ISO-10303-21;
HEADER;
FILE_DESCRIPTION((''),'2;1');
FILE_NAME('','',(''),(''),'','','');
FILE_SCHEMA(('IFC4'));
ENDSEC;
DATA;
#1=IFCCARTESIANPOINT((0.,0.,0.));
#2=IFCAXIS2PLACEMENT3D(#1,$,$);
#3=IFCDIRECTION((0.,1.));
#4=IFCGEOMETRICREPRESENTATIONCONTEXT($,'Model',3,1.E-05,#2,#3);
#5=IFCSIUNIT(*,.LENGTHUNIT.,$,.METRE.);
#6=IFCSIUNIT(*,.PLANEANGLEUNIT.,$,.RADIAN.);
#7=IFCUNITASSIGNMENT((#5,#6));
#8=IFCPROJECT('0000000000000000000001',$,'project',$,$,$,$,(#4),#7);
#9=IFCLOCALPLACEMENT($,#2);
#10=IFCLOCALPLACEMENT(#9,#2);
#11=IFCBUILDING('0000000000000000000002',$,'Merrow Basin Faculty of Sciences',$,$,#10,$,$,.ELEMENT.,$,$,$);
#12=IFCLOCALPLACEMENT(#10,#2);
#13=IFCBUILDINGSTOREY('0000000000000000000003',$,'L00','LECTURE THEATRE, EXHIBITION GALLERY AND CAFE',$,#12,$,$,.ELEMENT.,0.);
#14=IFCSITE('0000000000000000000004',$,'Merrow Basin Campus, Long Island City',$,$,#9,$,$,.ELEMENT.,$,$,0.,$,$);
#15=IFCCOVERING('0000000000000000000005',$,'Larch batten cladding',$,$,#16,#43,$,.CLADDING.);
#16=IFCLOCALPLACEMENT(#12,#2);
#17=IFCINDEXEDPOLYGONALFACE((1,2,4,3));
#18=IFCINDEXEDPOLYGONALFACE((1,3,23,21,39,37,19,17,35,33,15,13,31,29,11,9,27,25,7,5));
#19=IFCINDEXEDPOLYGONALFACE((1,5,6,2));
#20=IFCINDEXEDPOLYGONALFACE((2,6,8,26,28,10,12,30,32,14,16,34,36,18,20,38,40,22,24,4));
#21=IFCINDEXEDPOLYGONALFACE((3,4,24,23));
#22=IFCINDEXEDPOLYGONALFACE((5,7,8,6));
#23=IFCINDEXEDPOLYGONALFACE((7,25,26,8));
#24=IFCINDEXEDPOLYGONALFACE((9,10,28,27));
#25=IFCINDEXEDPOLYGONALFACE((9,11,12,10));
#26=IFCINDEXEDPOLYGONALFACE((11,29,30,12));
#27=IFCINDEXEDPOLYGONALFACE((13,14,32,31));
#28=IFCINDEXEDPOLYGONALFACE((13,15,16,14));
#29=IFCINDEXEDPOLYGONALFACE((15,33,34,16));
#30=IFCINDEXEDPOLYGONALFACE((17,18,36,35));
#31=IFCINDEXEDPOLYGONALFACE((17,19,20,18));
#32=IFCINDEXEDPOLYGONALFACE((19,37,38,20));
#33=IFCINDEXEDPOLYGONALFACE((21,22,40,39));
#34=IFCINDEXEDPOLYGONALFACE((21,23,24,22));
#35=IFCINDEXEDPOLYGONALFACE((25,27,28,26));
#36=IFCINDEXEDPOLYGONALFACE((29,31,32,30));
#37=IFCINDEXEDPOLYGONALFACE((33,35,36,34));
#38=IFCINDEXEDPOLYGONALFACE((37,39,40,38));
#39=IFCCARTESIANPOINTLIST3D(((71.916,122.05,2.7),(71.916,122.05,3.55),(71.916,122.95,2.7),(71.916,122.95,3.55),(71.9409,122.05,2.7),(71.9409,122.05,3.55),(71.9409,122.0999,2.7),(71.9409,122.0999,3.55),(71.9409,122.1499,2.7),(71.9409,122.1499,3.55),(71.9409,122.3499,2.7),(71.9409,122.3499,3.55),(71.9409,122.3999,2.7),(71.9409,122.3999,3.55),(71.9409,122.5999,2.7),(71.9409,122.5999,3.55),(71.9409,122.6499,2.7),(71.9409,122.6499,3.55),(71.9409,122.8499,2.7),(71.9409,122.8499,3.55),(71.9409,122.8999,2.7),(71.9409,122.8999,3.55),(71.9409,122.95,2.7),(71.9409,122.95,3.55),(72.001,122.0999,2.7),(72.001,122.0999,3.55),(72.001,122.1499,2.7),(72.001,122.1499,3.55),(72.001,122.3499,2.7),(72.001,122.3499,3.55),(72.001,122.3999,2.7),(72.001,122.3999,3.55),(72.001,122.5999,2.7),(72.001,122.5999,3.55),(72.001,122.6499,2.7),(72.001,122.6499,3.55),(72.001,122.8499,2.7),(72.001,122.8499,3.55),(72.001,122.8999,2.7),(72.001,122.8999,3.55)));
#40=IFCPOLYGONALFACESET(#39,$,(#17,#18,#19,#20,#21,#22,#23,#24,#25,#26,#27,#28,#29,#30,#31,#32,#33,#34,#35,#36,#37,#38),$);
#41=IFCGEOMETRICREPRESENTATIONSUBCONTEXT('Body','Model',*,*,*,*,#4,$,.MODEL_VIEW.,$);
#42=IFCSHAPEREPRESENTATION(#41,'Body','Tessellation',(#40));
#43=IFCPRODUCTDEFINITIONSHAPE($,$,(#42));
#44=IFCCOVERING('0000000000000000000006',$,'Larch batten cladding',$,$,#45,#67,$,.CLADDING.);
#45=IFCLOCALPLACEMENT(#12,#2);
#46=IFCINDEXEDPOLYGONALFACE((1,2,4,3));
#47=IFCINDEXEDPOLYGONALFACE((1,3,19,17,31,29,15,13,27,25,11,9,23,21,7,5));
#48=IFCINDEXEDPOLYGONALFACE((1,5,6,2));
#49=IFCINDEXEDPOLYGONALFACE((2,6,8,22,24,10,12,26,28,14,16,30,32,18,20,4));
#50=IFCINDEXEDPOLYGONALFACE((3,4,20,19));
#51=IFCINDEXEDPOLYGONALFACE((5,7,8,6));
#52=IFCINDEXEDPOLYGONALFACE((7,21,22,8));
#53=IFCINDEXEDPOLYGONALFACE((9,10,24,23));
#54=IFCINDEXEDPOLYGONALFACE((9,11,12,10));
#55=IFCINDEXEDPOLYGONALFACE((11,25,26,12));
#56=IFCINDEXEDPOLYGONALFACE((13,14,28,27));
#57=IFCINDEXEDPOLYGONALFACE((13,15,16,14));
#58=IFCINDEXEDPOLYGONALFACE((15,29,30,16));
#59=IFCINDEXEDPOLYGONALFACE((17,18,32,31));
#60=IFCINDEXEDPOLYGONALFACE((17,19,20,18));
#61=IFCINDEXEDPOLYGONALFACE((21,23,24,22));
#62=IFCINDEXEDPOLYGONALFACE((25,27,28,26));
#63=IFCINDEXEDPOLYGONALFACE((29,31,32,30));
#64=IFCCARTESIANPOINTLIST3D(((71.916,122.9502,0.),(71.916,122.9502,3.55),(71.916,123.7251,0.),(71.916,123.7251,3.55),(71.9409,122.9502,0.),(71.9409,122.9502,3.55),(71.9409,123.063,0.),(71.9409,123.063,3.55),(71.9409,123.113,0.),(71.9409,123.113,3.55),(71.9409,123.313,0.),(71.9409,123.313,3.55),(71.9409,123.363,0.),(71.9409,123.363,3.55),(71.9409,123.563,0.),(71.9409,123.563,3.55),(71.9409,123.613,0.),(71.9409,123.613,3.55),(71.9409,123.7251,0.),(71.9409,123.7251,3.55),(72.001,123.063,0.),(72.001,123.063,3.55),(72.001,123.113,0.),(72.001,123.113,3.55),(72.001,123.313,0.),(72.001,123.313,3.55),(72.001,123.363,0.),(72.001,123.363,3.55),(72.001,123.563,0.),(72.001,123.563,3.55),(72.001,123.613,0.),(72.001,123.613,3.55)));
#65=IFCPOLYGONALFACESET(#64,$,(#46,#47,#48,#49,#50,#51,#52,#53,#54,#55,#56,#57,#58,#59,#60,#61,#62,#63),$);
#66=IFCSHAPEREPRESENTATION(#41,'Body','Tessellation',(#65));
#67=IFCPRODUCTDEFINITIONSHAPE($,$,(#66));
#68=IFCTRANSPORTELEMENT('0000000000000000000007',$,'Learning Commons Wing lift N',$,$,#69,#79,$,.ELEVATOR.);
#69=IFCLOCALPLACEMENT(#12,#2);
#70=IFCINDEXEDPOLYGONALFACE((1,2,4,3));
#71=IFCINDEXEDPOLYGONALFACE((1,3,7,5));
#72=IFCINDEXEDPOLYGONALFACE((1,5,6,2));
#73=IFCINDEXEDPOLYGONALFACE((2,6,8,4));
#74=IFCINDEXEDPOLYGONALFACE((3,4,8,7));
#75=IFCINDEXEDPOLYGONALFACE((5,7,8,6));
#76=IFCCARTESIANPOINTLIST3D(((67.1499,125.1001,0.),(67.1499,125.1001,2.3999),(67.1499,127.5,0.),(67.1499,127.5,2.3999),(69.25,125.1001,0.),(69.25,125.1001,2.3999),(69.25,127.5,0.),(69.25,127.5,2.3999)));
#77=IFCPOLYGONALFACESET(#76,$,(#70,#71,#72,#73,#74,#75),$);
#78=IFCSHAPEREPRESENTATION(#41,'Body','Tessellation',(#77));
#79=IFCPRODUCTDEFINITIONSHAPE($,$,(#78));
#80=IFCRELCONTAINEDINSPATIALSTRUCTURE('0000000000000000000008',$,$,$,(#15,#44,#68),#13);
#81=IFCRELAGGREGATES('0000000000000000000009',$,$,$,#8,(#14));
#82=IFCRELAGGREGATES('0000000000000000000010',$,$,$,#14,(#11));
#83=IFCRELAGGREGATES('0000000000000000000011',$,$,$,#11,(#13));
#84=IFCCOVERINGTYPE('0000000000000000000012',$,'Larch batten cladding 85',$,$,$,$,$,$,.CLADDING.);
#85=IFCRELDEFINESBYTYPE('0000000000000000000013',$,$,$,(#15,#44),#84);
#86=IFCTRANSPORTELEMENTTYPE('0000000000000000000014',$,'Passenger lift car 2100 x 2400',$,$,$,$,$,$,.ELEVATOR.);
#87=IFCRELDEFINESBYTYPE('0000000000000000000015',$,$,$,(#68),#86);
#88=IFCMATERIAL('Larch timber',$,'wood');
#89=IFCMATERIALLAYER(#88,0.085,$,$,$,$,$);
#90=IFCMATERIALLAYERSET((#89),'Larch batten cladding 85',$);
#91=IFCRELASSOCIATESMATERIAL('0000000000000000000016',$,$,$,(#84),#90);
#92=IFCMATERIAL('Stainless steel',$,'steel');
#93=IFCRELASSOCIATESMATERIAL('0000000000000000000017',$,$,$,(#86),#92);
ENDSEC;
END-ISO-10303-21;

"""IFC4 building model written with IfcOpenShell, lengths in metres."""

from ifc_helpers import new_model, si_unit, direction, frame, origin, origin_2d, place, context, subcontext, project, spatial, polyline, rectangle, outline, extrude, source, transform, mapped, material, layer, layer_set, type_object, element, save


model = new_model("IFC4")

# Units and contexts
model_context = context("Model", 3, precision=1e-05, world=origin(), true_north=direction((0.0, 1.0)))
body_context = subcontext(model_context, "Body", "Model", "MODEL_VIEW")
ifc_project = project(units=[si_unit("LENGTHUNIT", "METRE"), si_unit("PLANEANGLEUNIT", "RADIAN")], contexts=[model_context])

# Site, building, storey
site_placement = place(None, origin())
site = spatial("IfcSite", under=ifc_project, at=site_placement, Name="Merrow Basin Campus, Long Island City", CompositionType="ELEMENT", RefElevation=0.0)
building_placement = place(site_placement, origin())
building = spatial("IfcBuilding", under=site, at=building_placement, Name="Merrow Basin Faculty of Sciences", CompositionType="ELEMENT")
storey_placement = place(building_placement, origin())
storey = spatial("IfcBuildingStorey", under=building, at=storey_placement, Name="L00", Description="LECTURE THEATRE, EXHIBITION GALLERY AND CAFE", CompositionType="ELEMENT", Elevation=0.0)

# Coverings
ifc_material_1 = material(Name="Larch timber", Category="wood")
ifc_layer_1 = layer(ifc_material_1, 0.085)
ifc_layer_set_1 = layer_set([ifc_layer_1], Name="Larch batten cladding 85")
covering_type = type_object("IfcCoveringType", Name="Larch batten cladding 85", PredefinedType="CLADDING", material=ifc_layer_set_1)
shared_shape_1 = source(origin(), body_context, "Body", "SweptSolid", [
    extrude(outline(polyline([(0.0, 0.0), (0.8999, 0.0), (0.8999, 0.0249), (0.8501, 0.0249), (0.8501, 0.085), (0.8, 0.085), (0.8, 0.0249), (0.6001, 0.0249), (0.6001, 0.085), (0.55, 0.085), (0.55, 0.0249), (0.3501, 0.0249), (0.3501, 0.085), (0.3, 0.085), (0.3, 0.0249), (0.1001, 0.0249), (0.1001, 0.085), (0.05, 0.085), (0.05, 0.0249), (0.0, 0.0249), (0.0, 0.0)])), origin(), (0.0, 0.0, 1.0), 0.8501),
])
covering_1_placement = place(storey_placement, frame((71.916, 122.95, 2.7), z_axis=(0.0, 0.0, 1.0), x_axis=(0.0, -1.0, 0.0)))
element("IfcCovering", 1, at=covering_1_placement, inside=storey, type_object=covering_type, Name="Larch batten cladding", PredefinedType="CLADDING", context=body_context, shape_type="MappedRepresentation", body=[
    mapped(shared_shape_1, transform((0.0, 0.0, 0.0), scale=1.0)),
])
shared_shape_2 = source(origin(), body_context, "Body", "SweptSolid", [
    extrude(outline(polyline([(0.0, 0.0), (0.7749, 0.0), (0.7749, 0.0249), (0.6621, 0.0249), (0.6621, 0.085), (0.6121, 0.085), (0.6121, 0.0249), (0.4121, 0.0249), (0.4121, 0.085), (0.3621, 0.085), (0.3621, 0.0249), (0.1621, 0.0249), (0.1621, 0.085), (0.1121, 0.085), (0.1121, 0.0249), (0.0, 0.0249), (0.0, 0.0)])), origin(), (0.0, 0.0, 1.0), 3.55),
])
covering_2_placement = place(storey_placement, frame((71.916, 123.7251, 0.0), z_axis=(0.0, 0.0, 1.0), x_axis=(0.0, -1.0, 0.0)))
element("IfcCovering", 2, at=covering_2_placement, inside=storey, type_object=covering_type, Name="Larch batten cladding", PredefinedType="CLADDING", context=body_context, shape_type="MappedRepresentation", body=[
    mapped(shared_shape_2, transform((0.0, 0.0, 0.0), scale=1.0)),
])

# Transport element
ifc_material_2 = material(Name="Stainless steel", Category="steel")
transport_element_type = type_object("IfcTransportElementType", Name="Passenger lift car 2100 x 2400", PredefinedType="ELEVATOR", material=ifc_material_2)
transport_element_placement = place(storey_placement, frame((68.2, 126.3, 0.0), z_axis=(0.0, 0.0, 1.0), x_axis=(1.0, 0.0, 0.0)))
element("IfcTransportElement", 3, at=transport_element_placement, inside=storey, type_object=transport_element_type, Name="Learning Commons Wing lift N", PredefinedType="ELEVATOR", context=body_context, shape_type="SweptSolid", body=[
    extrude(rectangle(XDim=2.1001, YDim=2.3999, at=origin_2d()), origin(), (0.0, 0.0, 1.0), 2.3999),
])

save(model, "model.ifc")
